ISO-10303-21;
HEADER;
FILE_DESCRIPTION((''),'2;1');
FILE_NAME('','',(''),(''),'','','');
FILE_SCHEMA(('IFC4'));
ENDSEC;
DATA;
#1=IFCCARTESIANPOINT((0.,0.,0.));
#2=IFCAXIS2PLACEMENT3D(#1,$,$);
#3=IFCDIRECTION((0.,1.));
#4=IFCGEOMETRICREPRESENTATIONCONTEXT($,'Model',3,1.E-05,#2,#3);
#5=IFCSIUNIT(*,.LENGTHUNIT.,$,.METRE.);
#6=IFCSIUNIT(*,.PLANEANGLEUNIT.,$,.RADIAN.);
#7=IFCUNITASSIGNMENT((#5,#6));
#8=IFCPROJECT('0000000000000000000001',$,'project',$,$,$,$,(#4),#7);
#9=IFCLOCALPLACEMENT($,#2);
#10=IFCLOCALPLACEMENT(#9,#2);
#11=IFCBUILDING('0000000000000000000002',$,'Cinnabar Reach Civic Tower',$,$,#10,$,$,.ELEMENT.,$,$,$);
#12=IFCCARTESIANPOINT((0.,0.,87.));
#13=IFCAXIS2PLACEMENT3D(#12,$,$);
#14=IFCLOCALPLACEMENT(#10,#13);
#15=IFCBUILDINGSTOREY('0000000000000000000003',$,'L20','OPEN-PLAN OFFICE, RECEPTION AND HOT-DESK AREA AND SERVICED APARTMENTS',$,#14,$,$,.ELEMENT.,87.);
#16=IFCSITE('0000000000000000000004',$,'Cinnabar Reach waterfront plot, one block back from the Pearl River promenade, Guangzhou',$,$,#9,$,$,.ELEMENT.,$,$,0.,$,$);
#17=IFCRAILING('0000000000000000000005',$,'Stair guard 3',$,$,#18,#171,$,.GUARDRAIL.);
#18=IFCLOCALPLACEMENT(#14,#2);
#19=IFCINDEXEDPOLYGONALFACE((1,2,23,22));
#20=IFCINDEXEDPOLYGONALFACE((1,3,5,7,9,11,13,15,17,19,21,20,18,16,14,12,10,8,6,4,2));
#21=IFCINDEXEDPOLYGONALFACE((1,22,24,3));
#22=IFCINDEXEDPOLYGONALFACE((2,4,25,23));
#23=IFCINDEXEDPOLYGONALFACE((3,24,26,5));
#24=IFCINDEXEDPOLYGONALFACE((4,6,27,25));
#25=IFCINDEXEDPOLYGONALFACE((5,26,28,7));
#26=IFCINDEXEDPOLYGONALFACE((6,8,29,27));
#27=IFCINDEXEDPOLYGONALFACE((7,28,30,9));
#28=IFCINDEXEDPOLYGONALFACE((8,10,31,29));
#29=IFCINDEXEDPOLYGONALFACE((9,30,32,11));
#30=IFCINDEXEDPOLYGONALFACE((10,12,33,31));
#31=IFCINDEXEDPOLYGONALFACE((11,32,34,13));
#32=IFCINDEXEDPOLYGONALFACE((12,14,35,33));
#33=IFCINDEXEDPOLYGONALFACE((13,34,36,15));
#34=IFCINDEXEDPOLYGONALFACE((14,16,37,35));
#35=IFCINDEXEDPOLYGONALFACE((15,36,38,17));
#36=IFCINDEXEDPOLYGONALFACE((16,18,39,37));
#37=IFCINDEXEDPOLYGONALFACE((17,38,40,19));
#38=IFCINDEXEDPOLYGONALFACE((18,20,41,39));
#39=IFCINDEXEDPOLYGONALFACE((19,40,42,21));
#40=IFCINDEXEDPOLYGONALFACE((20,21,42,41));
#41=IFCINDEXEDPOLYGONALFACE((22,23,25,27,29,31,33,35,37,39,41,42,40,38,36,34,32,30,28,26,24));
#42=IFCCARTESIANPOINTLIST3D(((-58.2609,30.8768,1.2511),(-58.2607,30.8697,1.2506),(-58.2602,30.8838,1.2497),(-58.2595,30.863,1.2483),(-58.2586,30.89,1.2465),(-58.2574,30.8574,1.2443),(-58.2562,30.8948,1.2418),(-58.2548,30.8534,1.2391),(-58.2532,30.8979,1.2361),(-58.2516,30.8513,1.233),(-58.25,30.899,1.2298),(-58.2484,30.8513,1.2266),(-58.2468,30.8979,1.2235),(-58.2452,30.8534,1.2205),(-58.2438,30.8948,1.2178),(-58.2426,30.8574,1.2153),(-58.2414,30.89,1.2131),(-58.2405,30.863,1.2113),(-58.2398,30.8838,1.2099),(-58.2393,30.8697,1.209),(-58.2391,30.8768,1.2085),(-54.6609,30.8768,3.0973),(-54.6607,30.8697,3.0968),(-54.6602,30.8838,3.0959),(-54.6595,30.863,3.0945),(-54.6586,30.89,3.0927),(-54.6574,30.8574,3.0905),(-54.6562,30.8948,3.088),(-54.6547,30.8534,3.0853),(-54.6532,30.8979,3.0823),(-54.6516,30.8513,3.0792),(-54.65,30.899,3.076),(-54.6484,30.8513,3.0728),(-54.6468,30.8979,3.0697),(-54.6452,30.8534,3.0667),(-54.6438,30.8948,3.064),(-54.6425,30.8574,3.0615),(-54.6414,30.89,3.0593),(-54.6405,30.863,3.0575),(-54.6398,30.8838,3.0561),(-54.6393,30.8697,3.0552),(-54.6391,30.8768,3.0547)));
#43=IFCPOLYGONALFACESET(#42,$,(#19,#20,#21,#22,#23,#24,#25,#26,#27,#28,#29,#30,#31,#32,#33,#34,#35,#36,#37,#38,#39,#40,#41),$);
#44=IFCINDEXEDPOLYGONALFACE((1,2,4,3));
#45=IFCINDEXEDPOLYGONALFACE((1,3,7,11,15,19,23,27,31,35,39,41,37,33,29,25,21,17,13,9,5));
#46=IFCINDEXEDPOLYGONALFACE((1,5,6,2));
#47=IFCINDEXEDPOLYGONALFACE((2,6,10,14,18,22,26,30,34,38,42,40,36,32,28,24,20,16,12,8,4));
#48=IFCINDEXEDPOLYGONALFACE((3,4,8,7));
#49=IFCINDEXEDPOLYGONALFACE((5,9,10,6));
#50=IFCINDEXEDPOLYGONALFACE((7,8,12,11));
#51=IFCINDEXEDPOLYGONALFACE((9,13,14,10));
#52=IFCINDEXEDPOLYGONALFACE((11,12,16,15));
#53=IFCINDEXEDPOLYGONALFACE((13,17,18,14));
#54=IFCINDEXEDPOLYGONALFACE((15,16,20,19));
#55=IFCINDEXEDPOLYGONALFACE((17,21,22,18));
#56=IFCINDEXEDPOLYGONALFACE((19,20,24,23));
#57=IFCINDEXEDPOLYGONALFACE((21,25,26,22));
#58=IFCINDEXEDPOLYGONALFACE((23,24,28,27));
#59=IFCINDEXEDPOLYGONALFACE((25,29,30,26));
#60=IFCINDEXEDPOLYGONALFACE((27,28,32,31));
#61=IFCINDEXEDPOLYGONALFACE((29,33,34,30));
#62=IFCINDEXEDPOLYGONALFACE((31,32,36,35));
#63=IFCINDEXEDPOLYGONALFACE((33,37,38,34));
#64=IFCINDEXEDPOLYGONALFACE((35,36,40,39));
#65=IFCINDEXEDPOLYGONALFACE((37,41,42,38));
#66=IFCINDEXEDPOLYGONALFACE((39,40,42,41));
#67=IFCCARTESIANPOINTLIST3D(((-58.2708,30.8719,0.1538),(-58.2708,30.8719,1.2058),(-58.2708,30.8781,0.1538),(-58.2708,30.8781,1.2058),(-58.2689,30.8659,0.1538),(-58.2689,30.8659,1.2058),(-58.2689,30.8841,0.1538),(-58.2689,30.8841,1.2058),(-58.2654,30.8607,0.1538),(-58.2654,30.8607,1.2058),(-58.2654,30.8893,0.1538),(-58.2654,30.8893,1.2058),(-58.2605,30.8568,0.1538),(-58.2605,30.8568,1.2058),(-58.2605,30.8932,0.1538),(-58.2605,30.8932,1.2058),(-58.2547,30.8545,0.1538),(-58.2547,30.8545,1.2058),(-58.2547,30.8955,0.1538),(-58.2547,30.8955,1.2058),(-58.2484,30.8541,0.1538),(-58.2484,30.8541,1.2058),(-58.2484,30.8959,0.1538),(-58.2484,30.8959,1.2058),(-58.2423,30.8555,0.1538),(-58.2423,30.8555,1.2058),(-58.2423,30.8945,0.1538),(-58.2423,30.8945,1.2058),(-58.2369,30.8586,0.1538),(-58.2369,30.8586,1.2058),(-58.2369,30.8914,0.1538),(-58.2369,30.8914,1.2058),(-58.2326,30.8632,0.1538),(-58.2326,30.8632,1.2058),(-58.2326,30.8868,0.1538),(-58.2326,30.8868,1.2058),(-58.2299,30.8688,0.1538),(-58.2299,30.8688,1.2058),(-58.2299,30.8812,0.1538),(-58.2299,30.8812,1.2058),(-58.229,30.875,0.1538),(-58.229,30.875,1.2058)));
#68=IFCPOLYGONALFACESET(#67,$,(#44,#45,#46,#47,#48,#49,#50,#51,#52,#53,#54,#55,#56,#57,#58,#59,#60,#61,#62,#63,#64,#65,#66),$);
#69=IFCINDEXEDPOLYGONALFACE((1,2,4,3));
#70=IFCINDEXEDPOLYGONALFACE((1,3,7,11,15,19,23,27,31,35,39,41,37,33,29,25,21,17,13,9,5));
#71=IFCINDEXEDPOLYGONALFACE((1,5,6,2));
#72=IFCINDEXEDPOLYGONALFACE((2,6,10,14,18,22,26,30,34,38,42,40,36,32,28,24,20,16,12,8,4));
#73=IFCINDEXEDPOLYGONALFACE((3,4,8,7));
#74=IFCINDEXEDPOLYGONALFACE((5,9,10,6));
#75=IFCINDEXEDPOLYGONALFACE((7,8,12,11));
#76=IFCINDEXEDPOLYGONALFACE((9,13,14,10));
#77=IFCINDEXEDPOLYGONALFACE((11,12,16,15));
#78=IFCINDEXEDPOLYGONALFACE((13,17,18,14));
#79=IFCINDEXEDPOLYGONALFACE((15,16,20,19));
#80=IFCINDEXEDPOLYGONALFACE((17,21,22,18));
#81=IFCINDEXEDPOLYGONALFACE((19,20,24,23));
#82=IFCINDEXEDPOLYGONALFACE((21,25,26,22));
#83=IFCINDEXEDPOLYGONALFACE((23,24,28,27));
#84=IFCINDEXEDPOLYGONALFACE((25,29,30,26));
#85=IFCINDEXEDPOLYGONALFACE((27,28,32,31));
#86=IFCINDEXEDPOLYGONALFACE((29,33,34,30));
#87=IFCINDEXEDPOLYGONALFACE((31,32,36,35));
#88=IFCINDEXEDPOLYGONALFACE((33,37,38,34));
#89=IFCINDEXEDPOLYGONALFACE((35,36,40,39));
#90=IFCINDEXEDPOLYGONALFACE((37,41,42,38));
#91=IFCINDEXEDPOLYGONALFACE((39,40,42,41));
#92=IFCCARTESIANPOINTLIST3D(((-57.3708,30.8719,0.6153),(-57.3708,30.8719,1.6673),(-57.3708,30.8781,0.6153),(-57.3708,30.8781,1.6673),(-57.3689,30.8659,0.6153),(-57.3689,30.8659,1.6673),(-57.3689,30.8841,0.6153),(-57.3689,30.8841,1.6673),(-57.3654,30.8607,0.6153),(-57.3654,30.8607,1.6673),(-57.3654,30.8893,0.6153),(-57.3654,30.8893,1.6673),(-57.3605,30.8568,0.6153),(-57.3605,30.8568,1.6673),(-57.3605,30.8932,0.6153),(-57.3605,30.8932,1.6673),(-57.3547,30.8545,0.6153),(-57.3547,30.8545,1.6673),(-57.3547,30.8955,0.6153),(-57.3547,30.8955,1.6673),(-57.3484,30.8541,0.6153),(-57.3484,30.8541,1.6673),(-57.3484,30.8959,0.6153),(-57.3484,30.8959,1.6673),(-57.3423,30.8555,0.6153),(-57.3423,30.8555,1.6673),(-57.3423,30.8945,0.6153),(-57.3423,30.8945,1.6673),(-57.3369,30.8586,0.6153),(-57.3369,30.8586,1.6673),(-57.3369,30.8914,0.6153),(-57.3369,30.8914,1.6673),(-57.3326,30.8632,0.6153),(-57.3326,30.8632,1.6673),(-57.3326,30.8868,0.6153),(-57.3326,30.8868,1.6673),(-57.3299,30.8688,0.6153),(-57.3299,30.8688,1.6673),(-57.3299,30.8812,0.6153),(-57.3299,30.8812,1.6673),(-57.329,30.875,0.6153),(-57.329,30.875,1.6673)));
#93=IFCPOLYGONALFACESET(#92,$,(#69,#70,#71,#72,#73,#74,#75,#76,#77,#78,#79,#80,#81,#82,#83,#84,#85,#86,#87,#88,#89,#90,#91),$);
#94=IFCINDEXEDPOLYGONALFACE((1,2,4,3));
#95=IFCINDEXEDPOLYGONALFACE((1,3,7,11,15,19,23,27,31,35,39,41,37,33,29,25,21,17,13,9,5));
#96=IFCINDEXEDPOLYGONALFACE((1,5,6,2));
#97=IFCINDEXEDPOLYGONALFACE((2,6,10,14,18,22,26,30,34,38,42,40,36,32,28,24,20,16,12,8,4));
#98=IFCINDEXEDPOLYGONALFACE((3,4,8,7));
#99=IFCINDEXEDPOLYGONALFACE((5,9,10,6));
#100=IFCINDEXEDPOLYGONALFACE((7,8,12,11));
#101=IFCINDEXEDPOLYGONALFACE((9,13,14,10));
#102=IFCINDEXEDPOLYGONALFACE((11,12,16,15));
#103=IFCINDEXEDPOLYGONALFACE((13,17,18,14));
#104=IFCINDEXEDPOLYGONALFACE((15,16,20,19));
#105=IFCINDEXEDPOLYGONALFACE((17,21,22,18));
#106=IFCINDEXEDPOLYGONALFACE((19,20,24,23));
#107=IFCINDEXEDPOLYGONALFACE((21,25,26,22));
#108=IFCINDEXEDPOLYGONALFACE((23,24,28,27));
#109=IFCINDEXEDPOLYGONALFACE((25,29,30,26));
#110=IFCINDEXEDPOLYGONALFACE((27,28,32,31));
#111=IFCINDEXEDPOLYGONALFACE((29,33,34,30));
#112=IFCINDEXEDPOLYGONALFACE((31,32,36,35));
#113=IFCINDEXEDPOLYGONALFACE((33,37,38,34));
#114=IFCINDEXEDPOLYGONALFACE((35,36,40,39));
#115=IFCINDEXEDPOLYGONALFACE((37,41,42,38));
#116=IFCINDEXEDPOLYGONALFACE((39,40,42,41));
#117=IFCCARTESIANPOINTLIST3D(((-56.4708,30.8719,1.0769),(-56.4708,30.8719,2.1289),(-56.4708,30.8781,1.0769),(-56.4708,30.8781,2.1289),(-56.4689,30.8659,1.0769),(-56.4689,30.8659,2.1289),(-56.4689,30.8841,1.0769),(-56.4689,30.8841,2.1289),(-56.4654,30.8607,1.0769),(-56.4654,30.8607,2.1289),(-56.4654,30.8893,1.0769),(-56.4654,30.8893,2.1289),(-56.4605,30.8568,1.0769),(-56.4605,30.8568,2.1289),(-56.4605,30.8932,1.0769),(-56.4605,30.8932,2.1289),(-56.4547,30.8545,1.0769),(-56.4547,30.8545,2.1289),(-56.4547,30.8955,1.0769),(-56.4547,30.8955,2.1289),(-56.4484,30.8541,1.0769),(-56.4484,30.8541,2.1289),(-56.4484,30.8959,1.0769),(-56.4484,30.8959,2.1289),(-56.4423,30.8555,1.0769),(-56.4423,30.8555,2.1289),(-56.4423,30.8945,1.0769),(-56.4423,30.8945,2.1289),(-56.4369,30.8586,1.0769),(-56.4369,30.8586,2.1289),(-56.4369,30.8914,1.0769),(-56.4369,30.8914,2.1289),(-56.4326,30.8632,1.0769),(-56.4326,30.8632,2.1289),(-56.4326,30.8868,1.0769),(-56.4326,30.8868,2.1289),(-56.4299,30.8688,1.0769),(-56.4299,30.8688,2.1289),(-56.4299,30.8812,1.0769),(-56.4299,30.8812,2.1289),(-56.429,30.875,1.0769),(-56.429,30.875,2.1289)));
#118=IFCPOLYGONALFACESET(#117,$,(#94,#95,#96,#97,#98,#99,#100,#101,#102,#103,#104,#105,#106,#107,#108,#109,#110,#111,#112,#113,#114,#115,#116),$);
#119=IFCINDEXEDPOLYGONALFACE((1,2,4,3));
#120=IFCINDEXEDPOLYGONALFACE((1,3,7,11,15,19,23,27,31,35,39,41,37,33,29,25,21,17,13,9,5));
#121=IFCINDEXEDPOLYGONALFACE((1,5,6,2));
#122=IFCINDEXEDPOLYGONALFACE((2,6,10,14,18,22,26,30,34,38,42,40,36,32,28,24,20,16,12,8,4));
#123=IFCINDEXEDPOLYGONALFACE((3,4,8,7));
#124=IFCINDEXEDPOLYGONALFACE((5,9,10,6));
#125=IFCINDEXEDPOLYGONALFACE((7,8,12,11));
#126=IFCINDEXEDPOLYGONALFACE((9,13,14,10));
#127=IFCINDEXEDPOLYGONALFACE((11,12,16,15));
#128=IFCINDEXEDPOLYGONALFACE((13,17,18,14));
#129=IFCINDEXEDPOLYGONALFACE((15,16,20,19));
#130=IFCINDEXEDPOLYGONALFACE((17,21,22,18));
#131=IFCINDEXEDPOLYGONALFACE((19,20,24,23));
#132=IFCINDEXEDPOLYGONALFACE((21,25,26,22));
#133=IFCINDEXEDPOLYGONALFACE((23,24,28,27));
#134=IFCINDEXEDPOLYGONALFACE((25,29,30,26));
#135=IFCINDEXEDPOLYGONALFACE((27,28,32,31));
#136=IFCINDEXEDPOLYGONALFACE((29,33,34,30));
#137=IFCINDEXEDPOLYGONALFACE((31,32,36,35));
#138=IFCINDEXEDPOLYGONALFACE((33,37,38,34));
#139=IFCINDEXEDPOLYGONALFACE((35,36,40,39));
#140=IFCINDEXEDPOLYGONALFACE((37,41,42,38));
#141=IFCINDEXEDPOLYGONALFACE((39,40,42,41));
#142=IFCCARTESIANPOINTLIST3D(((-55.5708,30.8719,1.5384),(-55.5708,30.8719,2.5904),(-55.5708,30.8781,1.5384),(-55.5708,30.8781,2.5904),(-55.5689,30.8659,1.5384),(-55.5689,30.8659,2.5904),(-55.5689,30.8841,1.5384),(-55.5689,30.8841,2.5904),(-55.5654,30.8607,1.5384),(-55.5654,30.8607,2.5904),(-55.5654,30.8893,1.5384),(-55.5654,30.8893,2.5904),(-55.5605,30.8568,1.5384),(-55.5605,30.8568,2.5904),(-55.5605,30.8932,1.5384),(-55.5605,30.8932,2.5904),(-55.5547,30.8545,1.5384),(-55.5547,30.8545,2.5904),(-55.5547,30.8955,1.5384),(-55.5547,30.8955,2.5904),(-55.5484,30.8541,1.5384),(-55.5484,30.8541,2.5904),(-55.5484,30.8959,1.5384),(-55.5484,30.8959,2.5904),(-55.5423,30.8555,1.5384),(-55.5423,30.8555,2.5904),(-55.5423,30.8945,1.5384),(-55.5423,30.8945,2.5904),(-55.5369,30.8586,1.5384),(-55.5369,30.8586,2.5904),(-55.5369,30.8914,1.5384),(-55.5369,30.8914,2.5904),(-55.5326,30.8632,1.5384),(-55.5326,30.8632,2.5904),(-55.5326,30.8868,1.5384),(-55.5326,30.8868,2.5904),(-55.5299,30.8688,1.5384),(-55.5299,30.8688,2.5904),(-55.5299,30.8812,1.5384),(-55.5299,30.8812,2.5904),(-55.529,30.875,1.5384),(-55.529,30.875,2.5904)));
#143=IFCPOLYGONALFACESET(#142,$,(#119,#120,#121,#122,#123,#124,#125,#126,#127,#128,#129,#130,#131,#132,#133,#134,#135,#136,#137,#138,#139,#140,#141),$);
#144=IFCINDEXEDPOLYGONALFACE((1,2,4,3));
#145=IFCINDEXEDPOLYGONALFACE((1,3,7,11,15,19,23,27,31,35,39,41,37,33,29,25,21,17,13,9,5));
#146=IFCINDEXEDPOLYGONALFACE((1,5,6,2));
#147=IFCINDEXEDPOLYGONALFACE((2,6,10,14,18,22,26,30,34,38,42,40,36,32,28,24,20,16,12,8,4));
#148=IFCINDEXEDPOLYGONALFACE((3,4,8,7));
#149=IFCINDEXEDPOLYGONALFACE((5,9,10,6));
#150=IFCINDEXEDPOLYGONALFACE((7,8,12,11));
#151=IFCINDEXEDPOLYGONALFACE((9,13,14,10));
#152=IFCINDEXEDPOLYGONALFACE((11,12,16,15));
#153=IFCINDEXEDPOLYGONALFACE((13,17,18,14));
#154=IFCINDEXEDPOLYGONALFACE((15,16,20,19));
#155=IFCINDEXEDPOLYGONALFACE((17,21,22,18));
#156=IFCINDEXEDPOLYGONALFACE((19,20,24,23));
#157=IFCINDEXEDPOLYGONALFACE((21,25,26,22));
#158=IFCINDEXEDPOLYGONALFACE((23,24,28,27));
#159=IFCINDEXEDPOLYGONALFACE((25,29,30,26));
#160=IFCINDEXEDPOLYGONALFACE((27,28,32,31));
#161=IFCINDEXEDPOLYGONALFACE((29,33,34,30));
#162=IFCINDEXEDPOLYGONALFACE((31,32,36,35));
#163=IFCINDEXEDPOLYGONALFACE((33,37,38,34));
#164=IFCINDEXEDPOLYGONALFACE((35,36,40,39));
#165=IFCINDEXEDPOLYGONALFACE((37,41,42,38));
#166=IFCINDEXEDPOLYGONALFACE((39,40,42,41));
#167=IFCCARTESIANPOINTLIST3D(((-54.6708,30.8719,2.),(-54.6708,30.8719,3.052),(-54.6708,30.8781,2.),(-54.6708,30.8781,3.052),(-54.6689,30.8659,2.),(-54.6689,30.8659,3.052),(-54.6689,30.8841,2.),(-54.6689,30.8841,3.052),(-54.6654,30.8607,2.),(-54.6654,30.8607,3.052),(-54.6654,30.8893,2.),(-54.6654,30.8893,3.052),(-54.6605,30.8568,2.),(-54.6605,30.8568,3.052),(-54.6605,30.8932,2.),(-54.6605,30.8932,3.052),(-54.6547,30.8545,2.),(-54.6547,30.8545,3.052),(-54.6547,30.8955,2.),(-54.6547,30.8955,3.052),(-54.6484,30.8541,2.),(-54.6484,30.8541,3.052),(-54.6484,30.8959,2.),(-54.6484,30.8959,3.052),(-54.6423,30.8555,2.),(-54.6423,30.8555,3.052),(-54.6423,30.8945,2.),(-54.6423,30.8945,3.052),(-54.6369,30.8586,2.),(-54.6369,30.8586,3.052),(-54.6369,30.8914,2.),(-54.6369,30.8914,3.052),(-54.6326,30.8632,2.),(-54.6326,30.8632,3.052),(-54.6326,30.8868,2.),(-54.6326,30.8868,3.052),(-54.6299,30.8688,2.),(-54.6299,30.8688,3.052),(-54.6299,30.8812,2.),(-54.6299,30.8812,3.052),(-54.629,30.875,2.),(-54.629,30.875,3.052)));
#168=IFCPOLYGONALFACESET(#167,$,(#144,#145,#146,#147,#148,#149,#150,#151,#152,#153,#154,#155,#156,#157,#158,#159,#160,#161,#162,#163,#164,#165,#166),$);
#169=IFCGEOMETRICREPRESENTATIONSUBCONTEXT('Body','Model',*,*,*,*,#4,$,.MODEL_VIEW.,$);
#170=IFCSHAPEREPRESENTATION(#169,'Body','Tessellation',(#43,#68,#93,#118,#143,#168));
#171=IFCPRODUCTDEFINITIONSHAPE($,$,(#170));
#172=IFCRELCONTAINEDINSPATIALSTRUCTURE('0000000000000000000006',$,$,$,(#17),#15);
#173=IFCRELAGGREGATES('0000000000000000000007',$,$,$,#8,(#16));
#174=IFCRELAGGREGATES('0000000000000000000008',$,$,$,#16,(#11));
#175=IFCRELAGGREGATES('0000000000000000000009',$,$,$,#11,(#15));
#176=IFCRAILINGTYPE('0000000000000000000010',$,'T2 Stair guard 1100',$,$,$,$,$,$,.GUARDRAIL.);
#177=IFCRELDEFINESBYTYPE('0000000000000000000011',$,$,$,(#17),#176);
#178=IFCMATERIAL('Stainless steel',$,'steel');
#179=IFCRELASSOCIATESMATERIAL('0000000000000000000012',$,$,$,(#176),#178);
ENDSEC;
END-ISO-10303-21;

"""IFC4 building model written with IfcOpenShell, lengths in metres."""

from ifc_helpers import new_model, si_unit, direction, frame, origin, origin_2d, place, context, subcontext, project, spatial, circle, extrude, material, type_object, element, save


model = new_model("IFC4")

# Units and contexts
model_context = context("Model", 3, precision=1e-05, world=origin(), true_north=direction((0.0, 1.0)))
body_context = subcontext(model_context, "Body", "Model", "MODEL_VIEW")
ifc_project = project(units=[si_unit("LENGTHUNIT", "METRE"), si_unit("PLANEANGLEUNIT", "RADIAN")], contexts=[model_context])

# Site, building, storey
site_placement = place(None, origin())
site = spatial("IfcSite", under=ifc_project, at=site_placement, Name="Cinnabar Reach waterfront plot, one block back from the Pearl River promenade, Guangzhou", CompositionType="ELEMENT", RefElevation=0.0)
building_placement = place(site_placement, origin())
building = spatial("IfcBuilding", under=site, at=building_placement, Name="Cinnabar Reach Civic Tower", CompositionType="ELEMENT")
storey_placement = place(building_placement, frame((0.0, 0.0, 87.0)))
storey = spatial("IfcBuildingStorey", under=building, at=storey_placement, Name="L20", Description="OPEN-PLAN OFFICE, RECEPTION AND HOT-DESK AREA AND SERVICED APARTMENTS", CompositionType="ELEMENT", Elevation=87.0)

# Railing
ifc_material_1 = material(Name="Stainless steel", Category="steel")
railing_type = type_object("IfcRailingType", Name="T2 Stair guard 1100", PredefinedType="GUARDRAIL", material=ifc_material_1)
railing_1_placement = place(storey_placement, frame((-58.25, 30.875, 0.1538)))
element("IfcRailing", 1, at=railing_1_placement, inside=storey, type_object=railing_type, Name="Stair guard 3", PredefinedType="GUARDRAIL", context=body_context, shape_type="SweptSolid", body=[
    extrude(circle(Radius=0.024, at=origin_2d()), frame((0.0, 0.0, 1.076), z_axis=(0.889813, 0.0, 0.456326), x_axis=(0.0, 1.0, 0.0)), (0.0, 0.0, 1.0), 4.0458),
    extrude(circle(Radius=0.021, at=origin_2d()), origin(), (0.0, 0.0, 1.0), 1.052),
    extrude(circle(Radius=0.021, at=origin_2d()), frame((0.9, 0.0, 0.4615)), (0.0, 0.0, 1.0), 1.052),
    extrude(circle(Radius=0.021, at=origin_2d()), frame((1.8, 0.0, 0.9231)), (0.0, 0.0, 1.0), 1.052),
    extrude(circle(Radius=0.021, at=origin_2d()), frame((2.7, 0.0, 1.3846)), (0.0, 0.0, 1.0), 1.052),
    extrude(circle(Radius=0.021, at=origin_2d()), frame((3.6, 0.0, 1.8462)), (0.0, 0.0, 1.0), 1.052),
])

save(model, "model.ifc")
